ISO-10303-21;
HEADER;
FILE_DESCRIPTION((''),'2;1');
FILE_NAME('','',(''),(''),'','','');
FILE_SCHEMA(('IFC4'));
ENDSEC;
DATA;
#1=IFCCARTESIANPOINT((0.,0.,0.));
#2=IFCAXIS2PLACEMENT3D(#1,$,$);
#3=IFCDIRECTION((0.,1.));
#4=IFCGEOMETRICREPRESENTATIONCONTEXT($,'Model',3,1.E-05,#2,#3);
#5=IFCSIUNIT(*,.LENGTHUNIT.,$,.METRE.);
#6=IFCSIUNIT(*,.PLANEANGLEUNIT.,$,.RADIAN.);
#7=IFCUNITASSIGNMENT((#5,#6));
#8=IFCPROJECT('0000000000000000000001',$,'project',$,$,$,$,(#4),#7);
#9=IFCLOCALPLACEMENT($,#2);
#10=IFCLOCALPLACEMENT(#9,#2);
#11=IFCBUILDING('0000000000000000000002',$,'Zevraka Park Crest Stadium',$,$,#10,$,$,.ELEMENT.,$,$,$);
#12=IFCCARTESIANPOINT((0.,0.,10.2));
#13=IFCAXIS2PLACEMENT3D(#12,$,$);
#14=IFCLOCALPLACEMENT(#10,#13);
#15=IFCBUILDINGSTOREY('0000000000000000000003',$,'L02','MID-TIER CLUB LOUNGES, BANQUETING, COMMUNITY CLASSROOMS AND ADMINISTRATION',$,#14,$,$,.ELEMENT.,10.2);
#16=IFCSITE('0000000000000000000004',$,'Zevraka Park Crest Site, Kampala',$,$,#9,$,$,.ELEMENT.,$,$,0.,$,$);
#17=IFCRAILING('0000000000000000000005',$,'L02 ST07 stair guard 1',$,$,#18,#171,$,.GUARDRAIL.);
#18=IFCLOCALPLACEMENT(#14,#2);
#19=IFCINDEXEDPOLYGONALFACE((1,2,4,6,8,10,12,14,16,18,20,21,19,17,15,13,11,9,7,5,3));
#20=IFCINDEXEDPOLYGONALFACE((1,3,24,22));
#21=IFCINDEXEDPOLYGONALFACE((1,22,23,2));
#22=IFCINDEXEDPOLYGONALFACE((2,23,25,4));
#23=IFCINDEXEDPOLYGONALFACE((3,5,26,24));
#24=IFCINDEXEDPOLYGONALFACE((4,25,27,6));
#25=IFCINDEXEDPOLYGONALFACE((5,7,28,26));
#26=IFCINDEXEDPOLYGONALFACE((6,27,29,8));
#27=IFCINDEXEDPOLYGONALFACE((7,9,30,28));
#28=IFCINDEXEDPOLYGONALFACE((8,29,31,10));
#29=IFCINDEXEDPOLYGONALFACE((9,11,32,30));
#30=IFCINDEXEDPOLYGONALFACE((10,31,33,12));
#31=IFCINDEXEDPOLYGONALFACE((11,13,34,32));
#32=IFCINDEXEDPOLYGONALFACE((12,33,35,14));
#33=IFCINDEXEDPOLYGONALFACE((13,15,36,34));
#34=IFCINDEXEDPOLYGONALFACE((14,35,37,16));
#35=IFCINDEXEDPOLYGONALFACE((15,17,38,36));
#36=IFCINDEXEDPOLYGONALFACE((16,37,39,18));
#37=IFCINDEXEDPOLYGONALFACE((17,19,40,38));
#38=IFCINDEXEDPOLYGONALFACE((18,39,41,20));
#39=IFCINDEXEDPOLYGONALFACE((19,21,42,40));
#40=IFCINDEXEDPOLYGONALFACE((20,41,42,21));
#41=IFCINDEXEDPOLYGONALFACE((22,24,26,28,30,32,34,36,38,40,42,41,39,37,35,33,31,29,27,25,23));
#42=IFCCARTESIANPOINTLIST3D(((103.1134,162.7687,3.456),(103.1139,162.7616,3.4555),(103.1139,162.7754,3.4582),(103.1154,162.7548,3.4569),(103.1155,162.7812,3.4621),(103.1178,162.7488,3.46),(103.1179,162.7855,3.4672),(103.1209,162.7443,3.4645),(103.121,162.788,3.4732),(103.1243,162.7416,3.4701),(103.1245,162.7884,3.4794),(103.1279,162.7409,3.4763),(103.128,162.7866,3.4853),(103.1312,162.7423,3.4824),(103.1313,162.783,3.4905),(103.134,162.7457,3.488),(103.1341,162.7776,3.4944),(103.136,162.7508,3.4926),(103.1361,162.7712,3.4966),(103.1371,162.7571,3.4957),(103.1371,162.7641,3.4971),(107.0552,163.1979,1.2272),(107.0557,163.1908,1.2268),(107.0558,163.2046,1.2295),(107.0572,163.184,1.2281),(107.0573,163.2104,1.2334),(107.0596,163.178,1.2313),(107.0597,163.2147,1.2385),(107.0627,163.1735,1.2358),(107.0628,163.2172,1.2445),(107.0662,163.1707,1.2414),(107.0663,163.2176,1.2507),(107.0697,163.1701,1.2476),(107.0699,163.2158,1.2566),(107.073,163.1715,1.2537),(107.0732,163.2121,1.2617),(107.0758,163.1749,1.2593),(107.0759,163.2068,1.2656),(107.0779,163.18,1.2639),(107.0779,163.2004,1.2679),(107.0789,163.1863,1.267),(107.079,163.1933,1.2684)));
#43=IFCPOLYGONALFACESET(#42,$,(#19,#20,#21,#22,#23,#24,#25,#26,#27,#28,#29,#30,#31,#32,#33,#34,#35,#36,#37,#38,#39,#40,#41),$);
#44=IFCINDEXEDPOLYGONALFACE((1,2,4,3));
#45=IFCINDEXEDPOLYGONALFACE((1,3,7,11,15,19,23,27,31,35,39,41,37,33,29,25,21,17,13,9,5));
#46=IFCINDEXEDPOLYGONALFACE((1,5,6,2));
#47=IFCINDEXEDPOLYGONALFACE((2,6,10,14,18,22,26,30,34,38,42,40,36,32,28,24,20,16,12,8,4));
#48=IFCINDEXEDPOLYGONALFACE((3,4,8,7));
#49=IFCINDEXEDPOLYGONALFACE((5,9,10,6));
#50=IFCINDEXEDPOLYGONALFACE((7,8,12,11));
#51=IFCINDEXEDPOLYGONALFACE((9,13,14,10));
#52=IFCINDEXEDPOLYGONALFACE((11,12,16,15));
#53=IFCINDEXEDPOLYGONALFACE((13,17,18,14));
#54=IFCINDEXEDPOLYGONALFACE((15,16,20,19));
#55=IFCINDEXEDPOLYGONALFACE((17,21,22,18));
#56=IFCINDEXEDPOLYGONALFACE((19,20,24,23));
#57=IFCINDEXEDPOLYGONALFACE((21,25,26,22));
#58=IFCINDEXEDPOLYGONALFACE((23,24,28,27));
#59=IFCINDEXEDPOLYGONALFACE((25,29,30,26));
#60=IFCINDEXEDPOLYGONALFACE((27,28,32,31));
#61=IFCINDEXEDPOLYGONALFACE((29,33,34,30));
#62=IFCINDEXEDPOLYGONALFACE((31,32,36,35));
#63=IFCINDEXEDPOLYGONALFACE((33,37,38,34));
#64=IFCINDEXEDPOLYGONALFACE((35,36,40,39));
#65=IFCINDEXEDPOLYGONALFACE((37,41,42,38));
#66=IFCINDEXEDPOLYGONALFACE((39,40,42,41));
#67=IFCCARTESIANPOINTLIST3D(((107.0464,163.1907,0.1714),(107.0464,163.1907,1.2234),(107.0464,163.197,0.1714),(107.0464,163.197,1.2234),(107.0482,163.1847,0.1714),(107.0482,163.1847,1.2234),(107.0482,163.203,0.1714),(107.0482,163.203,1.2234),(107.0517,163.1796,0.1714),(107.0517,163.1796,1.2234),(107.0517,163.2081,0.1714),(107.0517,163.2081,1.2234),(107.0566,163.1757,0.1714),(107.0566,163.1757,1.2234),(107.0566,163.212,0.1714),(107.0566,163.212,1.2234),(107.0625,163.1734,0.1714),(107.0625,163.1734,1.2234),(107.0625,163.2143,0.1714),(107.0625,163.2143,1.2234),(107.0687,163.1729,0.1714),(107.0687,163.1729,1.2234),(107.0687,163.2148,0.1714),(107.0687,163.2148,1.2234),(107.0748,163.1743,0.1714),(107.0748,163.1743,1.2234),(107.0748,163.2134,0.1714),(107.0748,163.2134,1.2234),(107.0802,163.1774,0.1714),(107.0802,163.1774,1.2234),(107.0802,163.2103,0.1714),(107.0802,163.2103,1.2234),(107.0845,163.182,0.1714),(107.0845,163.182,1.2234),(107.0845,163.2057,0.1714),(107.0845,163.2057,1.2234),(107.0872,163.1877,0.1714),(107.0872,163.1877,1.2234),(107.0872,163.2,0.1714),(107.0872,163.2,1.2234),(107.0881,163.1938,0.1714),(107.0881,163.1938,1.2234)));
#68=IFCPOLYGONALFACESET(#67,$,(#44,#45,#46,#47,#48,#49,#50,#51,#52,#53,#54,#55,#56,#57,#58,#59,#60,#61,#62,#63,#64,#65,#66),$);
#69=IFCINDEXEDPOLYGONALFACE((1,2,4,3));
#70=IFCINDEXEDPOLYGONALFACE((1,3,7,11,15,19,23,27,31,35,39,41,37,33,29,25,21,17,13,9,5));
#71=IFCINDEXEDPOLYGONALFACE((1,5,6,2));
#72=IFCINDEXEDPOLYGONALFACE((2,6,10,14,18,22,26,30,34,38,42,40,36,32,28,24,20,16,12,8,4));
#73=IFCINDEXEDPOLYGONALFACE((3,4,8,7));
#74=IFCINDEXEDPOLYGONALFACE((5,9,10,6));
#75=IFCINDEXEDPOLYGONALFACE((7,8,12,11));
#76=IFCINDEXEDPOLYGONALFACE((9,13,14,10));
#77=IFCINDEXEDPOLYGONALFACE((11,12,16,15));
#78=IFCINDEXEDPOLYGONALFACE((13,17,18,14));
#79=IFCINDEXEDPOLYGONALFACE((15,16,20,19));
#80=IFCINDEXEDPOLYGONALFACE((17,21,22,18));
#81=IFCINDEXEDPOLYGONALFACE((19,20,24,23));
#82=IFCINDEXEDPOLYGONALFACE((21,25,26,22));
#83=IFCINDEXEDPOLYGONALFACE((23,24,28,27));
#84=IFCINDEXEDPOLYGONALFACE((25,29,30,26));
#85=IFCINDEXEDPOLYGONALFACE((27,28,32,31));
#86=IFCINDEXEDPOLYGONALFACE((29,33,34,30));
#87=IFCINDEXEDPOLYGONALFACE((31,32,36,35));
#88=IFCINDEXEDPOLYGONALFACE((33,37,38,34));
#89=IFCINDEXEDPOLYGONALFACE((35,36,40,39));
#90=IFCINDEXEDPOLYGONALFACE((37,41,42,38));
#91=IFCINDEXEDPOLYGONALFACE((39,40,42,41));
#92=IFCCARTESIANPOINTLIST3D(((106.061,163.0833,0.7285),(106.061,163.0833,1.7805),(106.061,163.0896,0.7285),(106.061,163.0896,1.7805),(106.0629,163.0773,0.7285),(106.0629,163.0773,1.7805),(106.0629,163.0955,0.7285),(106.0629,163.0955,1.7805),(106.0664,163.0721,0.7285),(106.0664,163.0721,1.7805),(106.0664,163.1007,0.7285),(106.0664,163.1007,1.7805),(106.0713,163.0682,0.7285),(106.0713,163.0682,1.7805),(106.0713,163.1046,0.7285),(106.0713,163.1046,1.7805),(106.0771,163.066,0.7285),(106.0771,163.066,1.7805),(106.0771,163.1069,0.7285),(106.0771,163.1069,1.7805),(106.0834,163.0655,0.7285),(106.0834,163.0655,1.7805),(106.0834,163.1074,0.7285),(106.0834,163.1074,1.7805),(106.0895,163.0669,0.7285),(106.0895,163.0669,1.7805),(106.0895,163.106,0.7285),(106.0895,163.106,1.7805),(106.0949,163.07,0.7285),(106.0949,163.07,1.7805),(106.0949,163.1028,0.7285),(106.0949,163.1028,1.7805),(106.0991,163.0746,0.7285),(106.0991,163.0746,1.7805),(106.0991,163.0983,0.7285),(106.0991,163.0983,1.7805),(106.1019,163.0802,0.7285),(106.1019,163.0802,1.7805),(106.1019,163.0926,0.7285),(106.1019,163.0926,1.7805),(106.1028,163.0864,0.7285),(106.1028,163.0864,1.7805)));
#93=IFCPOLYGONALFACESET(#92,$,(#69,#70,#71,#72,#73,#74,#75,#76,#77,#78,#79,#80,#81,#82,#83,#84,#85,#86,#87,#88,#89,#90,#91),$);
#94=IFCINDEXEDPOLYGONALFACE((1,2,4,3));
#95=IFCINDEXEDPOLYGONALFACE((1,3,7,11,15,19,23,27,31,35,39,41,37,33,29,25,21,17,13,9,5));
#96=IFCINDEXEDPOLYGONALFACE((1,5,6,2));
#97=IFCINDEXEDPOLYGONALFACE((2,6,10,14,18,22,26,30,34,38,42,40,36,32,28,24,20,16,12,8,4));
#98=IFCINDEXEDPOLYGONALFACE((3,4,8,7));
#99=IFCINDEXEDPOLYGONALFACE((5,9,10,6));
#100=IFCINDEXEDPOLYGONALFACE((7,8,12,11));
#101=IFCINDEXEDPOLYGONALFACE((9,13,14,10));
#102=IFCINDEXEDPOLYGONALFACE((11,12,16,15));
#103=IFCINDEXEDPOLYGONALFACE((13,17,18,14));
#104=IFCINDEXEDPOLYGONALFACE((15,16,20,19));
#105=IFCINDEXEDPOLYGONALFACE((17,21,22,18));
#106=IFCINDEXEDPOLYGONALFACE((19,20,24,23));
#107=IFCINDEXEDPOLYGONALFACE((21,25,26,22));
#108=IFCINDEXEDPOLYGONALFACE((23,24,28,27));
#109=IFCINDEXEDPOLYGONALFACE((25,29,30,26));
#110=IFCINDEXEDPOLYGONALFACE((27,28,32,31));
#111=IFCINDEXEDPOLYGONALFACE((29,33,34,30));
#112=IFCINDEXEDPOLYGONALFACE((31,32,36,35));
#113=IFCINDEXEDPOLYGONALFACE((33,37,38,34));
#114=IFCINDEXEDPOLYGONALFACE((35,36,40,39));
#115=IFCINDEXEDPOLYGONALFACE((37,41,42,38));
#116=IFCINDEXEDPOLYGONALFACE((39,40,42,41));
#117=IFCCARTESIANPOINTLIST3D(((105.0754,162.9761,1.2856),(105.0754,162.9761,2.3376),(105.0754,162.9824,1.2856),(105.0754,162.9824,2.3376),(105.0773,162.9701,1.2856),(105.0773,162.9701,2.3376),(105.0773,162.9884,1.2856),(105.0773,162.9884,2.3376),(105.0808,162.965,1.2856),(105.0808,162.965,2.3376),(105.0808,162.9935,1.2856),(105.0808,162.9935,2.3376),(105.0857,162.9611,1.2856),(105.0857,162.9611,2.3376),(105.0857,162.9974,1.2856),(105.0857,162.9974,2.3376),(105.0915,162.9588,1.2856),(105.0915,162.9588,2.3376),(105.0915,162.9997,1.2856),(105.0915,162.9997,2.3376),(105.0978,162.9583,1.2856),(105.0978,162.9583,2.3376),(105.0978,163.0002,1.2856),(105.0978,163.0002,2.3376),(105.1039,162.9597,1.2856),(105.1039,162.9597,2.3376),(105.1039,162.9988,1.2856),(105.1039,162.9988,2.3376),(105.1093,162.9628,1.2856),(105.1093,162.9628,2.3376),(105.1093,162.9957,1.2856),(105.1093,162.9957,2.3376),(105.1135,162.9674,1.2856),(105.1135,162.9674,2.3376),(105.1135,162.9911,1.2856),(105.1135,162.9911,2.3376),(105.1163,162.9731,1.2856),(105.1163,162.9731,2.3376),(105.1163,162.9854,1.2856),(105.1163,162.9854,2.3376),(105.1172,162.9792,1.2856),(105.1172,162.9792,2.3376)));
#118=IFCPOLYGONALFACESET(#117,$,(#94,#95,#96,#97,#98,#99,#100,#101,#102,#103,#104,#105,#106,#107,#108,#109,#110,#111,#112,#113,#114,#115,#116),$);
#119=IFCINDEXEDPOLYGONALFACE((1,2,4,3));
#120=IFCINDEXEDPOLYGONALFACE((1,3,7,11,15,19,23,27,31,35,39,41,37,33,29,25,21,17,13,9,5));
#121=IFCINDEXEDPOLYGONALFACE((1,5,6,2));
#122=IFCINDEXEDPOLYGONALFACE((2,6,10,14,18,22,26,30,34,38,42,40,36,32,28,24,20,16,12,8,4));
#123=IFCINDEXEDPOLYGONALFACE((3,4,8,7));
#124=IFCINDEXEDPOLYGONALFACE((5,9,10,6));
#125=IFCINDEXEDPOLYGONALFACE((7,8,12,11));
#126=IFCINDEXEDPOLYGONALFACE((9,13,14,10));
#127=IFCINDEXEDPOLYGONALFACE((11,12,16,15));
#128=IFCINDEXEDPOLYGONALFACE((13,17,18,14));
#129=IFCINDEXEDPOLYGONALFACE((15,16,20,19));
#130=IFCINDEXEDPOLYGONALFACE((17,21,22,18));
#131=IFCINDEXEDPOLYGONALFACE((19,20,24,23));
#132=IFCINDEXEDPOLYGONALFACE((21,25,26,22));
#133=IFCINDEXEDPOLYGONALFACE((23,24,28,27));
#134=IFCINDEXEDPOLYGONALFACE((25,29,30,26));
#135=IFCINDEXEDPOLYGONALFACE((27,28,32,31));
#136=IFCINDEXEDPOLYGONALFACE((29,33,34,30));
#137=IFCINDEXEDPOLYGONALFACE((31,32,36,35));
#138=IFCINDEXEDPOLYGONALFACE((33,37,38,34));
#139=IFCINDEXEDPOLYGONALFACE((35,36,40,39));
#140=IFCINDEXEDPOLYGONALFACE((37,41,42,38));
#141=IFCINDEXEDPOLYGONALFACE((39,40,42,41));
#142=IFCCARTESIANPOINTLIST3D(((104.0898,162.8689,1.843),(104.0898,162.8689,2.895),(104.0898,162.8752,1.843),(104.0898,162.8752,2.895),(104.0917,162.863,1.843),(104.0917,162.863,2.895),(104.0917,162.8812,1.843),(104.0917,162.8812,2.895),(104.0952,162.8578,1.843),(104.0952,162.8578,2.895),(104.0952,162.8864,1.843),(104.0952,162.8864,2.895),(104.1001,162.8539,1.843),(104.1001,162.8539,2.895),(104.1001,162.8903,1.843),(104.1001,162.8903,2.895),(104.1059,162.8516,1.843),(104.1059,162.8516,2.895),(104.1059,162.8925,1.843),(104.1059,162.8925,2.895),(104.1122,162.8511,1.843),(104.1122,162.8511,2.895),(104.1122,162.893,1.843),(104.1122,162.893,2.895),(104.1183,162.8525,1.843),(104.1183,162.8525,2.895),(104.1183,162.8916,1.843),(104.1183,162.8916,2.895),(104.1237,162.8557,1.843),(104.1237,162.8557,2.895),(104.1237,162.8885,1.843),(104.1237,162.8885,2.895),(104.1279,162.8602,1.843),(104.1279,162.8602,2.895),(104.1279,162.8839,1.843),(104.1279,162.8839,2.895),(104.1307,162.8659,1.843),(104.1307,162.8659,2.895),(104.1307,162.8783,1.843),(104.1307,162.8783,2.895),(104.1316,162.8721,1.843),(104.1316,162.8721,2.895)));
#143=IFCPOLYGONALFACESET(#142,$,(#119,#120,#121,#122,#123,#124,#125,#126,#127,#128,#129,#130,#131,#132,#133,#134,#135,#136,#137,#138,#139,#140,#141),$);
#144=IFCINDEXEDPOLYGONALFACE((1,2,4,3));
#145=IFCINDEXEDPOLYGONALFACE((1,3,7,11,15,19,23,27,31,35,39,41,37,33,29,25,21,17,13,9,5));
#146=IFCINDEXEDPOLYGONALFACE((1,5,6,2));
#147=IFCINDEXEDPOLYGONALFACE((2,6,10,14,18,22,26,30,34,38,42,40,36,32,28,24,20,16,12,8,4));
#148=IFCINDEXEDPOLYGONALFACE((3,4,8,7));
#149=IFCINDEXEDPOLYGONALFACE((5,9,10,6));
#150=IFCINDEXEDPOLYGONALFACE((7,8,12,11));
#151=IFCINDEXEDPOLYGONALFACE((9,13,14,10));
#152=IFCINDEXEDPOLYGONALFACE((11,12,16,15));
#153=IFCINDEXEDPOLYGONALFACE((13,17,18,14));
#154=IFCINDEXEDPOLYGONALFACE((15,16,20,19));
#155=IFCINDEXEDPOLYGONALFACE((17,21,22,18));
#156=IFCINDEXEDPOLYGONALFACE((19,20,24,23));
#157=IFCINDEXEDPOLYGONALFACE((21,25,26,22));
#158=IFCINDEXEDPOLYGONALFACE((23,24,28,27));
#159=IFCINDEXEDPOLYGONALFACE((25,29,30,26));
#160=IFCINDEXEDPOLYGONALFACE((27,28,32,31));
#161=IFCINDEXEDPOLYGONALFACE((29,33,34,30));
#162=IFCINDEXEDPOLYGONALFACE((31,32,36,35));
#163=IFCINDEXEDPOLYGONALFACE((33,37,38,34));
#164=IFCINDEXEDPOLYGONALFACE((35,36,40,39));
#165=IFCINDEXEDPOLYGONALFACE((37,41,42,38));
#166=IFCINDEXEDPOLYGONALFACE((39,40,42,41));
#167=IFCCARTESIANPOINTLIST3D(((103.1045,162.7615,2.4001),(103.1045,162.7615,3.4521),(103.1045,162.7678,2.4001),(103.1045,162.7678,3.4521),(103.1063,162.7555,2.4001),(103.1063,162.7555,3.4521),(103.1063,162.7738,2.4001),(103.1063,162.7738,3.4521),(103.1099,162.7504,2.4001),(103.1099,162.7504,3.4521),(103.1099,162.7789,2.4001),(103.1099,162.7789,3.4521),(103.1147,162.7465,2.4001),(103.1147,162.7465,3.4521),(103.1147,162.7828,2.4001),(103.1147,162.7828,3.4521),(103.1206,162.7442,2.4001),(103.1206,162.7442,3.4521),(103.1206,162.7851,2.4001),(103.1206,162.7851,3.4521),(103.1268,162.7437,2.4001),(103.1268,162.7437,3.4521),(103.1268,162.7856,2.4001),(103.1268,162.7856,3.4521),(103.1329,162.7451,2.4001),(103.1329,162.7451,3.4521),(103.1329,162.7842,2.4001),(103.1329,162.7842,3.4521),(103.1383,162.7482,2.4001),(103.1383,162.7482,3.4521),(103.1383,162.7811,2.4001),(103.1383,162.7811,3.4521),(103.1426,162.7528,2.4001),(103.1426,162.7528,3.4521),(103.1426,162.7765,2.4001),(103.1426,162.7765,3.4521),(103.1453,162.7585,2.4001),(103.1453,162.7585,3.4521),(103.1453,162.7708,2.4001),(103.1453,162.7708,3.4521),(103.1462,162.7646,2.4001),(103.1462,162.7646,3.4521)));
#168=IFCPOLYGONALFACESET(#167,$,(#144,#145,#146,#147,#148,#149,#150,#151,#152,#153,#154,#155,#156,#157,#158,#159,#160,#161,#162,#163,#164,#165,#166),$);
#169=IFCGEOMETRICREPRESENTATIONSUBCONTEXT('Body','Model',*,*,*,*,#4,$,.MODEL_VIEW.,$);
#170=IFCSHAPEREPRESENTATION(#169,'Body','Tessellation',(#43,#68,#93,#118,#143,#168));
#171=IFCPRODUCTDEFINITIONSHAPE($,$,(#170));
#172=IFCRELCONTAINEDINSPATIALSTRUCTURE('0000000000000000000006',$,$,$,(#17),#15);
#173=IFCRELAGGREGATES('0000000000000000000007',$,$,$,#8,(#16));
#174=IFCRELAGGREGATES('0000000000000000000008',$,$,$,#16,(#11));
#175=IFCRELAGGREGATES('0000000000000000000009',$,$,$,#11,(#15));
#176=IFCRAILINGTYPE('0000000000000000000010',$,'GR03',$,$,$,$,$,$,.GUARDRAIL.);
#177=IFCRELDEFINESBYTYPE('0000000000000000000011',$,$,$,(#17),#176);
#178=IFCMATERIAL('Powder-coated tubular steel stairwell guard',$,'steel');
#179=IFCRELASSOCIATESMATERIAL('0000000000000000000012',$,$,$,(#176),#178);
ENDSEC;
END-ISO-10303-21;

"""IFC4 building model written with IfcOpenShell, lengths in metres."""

from ifc_helpers import new_model, si_unit, direction, frame, origin, origin_2d, place, context, subcontext, project, spatial, circle, extrude, material, type_object, element, save


model = new_model("IFC4")

# Units and contexts
model_context = context("Model", 3, precision=1e-05, world=origin(), true_north=direction((0.0, 1.0)))
body_context = subcontext(model_context, "Body", "Model", "MODEL_VIEW")
ifc_project = project(units=[si_unit("LENGTHUNIT", "METRE"), si_unit("PLANEANGLEUNIT", "RADIAN")], contexts=[model_context])

# Site, building, storey
site_placement = place(None, origin())
site = spatial("IfcSite", under=ifc_project, at=site_placement, Name="Zevraka Park Crest Site, Kampala", CompositionType="ELEMENT", RefElevation=0.0)
building_placement = place(site_placement, origin())
building = spatial("IfcBuilding", under=site, at=building_placement, Name="Zevraka Park Crest Stadium", CompositionType="ELEMENT")
storey_placement = place(building_placement, frame((0.0, 0.0, 10.2)))
storey = spatial("IfcBuildingStorey", under=building, at=storey_placement, Name="L02", Description="MID-TIER CLUB LOUNGES, BANQUETING, COMMUNITY CLASSROOMS AND ADMINISTRATION", CompositionType="ELEMENT", Elevation=10.2)

# Railing
ifc_material_1 = material(Name="Powder-coated tubular steel stairwell guard", Category="steel")
railing_type_1 = type_object("IfcRailingType", Name="GR03", PredefinedType="GUARDRAIL", material=ifc_material_1)
railing_1_placement = place(storey_placement, frame((107.0671, 163.1938, 0.1714)))
element("IfcRailing", 1, at=railing_1_placement, inside=storey, type_object=railing_type_1, Name="L02 ST07 stair guard 1", PredefinedType="GUARDRAIL", context=body_context, shape_type="SweptSolid", body=[
    extrude(circle(Radius=0.0239, at=origin_2d()), frame((0.0, 0.0, 1.0762), z_axis=(-0.86661, -0.094358, 0.489984), x_axis=(0.108242, -0.994125, 0.0)), (0.0, 0.0, 1.0), 4.5486),
    extrude(circle(Radius=0.021, at=origin_2d()), origin(), (0.0, 0.0, 1.0), 1.052),
    extrude(circle(Radius=0.021, at=origin_2d()), frame((-0.9854, -0.1074, 0.5571)), (0.0, 0.0, 1.0), 1.052),
    extrude(circle(Radius=0.021, at=origin_2d()), frame((-1.9709, -0.2146, 1.1143)), (0.0, 0.0, 1.0), 1.052),
    extrude(circle(Radius=0.021, at=origin_2d()), frame((-2.9565, -0.3218, 1.6716)), (0.0, 0.0, 1.0), 1.052),
    extrude(circle(Radius=0.021, at=origin_2d()), frame((-3.9419, -0.4292, 2.2288)), (0.0, 0.0, 1.0), 1.052),
])

save(model, "model.ifc")
